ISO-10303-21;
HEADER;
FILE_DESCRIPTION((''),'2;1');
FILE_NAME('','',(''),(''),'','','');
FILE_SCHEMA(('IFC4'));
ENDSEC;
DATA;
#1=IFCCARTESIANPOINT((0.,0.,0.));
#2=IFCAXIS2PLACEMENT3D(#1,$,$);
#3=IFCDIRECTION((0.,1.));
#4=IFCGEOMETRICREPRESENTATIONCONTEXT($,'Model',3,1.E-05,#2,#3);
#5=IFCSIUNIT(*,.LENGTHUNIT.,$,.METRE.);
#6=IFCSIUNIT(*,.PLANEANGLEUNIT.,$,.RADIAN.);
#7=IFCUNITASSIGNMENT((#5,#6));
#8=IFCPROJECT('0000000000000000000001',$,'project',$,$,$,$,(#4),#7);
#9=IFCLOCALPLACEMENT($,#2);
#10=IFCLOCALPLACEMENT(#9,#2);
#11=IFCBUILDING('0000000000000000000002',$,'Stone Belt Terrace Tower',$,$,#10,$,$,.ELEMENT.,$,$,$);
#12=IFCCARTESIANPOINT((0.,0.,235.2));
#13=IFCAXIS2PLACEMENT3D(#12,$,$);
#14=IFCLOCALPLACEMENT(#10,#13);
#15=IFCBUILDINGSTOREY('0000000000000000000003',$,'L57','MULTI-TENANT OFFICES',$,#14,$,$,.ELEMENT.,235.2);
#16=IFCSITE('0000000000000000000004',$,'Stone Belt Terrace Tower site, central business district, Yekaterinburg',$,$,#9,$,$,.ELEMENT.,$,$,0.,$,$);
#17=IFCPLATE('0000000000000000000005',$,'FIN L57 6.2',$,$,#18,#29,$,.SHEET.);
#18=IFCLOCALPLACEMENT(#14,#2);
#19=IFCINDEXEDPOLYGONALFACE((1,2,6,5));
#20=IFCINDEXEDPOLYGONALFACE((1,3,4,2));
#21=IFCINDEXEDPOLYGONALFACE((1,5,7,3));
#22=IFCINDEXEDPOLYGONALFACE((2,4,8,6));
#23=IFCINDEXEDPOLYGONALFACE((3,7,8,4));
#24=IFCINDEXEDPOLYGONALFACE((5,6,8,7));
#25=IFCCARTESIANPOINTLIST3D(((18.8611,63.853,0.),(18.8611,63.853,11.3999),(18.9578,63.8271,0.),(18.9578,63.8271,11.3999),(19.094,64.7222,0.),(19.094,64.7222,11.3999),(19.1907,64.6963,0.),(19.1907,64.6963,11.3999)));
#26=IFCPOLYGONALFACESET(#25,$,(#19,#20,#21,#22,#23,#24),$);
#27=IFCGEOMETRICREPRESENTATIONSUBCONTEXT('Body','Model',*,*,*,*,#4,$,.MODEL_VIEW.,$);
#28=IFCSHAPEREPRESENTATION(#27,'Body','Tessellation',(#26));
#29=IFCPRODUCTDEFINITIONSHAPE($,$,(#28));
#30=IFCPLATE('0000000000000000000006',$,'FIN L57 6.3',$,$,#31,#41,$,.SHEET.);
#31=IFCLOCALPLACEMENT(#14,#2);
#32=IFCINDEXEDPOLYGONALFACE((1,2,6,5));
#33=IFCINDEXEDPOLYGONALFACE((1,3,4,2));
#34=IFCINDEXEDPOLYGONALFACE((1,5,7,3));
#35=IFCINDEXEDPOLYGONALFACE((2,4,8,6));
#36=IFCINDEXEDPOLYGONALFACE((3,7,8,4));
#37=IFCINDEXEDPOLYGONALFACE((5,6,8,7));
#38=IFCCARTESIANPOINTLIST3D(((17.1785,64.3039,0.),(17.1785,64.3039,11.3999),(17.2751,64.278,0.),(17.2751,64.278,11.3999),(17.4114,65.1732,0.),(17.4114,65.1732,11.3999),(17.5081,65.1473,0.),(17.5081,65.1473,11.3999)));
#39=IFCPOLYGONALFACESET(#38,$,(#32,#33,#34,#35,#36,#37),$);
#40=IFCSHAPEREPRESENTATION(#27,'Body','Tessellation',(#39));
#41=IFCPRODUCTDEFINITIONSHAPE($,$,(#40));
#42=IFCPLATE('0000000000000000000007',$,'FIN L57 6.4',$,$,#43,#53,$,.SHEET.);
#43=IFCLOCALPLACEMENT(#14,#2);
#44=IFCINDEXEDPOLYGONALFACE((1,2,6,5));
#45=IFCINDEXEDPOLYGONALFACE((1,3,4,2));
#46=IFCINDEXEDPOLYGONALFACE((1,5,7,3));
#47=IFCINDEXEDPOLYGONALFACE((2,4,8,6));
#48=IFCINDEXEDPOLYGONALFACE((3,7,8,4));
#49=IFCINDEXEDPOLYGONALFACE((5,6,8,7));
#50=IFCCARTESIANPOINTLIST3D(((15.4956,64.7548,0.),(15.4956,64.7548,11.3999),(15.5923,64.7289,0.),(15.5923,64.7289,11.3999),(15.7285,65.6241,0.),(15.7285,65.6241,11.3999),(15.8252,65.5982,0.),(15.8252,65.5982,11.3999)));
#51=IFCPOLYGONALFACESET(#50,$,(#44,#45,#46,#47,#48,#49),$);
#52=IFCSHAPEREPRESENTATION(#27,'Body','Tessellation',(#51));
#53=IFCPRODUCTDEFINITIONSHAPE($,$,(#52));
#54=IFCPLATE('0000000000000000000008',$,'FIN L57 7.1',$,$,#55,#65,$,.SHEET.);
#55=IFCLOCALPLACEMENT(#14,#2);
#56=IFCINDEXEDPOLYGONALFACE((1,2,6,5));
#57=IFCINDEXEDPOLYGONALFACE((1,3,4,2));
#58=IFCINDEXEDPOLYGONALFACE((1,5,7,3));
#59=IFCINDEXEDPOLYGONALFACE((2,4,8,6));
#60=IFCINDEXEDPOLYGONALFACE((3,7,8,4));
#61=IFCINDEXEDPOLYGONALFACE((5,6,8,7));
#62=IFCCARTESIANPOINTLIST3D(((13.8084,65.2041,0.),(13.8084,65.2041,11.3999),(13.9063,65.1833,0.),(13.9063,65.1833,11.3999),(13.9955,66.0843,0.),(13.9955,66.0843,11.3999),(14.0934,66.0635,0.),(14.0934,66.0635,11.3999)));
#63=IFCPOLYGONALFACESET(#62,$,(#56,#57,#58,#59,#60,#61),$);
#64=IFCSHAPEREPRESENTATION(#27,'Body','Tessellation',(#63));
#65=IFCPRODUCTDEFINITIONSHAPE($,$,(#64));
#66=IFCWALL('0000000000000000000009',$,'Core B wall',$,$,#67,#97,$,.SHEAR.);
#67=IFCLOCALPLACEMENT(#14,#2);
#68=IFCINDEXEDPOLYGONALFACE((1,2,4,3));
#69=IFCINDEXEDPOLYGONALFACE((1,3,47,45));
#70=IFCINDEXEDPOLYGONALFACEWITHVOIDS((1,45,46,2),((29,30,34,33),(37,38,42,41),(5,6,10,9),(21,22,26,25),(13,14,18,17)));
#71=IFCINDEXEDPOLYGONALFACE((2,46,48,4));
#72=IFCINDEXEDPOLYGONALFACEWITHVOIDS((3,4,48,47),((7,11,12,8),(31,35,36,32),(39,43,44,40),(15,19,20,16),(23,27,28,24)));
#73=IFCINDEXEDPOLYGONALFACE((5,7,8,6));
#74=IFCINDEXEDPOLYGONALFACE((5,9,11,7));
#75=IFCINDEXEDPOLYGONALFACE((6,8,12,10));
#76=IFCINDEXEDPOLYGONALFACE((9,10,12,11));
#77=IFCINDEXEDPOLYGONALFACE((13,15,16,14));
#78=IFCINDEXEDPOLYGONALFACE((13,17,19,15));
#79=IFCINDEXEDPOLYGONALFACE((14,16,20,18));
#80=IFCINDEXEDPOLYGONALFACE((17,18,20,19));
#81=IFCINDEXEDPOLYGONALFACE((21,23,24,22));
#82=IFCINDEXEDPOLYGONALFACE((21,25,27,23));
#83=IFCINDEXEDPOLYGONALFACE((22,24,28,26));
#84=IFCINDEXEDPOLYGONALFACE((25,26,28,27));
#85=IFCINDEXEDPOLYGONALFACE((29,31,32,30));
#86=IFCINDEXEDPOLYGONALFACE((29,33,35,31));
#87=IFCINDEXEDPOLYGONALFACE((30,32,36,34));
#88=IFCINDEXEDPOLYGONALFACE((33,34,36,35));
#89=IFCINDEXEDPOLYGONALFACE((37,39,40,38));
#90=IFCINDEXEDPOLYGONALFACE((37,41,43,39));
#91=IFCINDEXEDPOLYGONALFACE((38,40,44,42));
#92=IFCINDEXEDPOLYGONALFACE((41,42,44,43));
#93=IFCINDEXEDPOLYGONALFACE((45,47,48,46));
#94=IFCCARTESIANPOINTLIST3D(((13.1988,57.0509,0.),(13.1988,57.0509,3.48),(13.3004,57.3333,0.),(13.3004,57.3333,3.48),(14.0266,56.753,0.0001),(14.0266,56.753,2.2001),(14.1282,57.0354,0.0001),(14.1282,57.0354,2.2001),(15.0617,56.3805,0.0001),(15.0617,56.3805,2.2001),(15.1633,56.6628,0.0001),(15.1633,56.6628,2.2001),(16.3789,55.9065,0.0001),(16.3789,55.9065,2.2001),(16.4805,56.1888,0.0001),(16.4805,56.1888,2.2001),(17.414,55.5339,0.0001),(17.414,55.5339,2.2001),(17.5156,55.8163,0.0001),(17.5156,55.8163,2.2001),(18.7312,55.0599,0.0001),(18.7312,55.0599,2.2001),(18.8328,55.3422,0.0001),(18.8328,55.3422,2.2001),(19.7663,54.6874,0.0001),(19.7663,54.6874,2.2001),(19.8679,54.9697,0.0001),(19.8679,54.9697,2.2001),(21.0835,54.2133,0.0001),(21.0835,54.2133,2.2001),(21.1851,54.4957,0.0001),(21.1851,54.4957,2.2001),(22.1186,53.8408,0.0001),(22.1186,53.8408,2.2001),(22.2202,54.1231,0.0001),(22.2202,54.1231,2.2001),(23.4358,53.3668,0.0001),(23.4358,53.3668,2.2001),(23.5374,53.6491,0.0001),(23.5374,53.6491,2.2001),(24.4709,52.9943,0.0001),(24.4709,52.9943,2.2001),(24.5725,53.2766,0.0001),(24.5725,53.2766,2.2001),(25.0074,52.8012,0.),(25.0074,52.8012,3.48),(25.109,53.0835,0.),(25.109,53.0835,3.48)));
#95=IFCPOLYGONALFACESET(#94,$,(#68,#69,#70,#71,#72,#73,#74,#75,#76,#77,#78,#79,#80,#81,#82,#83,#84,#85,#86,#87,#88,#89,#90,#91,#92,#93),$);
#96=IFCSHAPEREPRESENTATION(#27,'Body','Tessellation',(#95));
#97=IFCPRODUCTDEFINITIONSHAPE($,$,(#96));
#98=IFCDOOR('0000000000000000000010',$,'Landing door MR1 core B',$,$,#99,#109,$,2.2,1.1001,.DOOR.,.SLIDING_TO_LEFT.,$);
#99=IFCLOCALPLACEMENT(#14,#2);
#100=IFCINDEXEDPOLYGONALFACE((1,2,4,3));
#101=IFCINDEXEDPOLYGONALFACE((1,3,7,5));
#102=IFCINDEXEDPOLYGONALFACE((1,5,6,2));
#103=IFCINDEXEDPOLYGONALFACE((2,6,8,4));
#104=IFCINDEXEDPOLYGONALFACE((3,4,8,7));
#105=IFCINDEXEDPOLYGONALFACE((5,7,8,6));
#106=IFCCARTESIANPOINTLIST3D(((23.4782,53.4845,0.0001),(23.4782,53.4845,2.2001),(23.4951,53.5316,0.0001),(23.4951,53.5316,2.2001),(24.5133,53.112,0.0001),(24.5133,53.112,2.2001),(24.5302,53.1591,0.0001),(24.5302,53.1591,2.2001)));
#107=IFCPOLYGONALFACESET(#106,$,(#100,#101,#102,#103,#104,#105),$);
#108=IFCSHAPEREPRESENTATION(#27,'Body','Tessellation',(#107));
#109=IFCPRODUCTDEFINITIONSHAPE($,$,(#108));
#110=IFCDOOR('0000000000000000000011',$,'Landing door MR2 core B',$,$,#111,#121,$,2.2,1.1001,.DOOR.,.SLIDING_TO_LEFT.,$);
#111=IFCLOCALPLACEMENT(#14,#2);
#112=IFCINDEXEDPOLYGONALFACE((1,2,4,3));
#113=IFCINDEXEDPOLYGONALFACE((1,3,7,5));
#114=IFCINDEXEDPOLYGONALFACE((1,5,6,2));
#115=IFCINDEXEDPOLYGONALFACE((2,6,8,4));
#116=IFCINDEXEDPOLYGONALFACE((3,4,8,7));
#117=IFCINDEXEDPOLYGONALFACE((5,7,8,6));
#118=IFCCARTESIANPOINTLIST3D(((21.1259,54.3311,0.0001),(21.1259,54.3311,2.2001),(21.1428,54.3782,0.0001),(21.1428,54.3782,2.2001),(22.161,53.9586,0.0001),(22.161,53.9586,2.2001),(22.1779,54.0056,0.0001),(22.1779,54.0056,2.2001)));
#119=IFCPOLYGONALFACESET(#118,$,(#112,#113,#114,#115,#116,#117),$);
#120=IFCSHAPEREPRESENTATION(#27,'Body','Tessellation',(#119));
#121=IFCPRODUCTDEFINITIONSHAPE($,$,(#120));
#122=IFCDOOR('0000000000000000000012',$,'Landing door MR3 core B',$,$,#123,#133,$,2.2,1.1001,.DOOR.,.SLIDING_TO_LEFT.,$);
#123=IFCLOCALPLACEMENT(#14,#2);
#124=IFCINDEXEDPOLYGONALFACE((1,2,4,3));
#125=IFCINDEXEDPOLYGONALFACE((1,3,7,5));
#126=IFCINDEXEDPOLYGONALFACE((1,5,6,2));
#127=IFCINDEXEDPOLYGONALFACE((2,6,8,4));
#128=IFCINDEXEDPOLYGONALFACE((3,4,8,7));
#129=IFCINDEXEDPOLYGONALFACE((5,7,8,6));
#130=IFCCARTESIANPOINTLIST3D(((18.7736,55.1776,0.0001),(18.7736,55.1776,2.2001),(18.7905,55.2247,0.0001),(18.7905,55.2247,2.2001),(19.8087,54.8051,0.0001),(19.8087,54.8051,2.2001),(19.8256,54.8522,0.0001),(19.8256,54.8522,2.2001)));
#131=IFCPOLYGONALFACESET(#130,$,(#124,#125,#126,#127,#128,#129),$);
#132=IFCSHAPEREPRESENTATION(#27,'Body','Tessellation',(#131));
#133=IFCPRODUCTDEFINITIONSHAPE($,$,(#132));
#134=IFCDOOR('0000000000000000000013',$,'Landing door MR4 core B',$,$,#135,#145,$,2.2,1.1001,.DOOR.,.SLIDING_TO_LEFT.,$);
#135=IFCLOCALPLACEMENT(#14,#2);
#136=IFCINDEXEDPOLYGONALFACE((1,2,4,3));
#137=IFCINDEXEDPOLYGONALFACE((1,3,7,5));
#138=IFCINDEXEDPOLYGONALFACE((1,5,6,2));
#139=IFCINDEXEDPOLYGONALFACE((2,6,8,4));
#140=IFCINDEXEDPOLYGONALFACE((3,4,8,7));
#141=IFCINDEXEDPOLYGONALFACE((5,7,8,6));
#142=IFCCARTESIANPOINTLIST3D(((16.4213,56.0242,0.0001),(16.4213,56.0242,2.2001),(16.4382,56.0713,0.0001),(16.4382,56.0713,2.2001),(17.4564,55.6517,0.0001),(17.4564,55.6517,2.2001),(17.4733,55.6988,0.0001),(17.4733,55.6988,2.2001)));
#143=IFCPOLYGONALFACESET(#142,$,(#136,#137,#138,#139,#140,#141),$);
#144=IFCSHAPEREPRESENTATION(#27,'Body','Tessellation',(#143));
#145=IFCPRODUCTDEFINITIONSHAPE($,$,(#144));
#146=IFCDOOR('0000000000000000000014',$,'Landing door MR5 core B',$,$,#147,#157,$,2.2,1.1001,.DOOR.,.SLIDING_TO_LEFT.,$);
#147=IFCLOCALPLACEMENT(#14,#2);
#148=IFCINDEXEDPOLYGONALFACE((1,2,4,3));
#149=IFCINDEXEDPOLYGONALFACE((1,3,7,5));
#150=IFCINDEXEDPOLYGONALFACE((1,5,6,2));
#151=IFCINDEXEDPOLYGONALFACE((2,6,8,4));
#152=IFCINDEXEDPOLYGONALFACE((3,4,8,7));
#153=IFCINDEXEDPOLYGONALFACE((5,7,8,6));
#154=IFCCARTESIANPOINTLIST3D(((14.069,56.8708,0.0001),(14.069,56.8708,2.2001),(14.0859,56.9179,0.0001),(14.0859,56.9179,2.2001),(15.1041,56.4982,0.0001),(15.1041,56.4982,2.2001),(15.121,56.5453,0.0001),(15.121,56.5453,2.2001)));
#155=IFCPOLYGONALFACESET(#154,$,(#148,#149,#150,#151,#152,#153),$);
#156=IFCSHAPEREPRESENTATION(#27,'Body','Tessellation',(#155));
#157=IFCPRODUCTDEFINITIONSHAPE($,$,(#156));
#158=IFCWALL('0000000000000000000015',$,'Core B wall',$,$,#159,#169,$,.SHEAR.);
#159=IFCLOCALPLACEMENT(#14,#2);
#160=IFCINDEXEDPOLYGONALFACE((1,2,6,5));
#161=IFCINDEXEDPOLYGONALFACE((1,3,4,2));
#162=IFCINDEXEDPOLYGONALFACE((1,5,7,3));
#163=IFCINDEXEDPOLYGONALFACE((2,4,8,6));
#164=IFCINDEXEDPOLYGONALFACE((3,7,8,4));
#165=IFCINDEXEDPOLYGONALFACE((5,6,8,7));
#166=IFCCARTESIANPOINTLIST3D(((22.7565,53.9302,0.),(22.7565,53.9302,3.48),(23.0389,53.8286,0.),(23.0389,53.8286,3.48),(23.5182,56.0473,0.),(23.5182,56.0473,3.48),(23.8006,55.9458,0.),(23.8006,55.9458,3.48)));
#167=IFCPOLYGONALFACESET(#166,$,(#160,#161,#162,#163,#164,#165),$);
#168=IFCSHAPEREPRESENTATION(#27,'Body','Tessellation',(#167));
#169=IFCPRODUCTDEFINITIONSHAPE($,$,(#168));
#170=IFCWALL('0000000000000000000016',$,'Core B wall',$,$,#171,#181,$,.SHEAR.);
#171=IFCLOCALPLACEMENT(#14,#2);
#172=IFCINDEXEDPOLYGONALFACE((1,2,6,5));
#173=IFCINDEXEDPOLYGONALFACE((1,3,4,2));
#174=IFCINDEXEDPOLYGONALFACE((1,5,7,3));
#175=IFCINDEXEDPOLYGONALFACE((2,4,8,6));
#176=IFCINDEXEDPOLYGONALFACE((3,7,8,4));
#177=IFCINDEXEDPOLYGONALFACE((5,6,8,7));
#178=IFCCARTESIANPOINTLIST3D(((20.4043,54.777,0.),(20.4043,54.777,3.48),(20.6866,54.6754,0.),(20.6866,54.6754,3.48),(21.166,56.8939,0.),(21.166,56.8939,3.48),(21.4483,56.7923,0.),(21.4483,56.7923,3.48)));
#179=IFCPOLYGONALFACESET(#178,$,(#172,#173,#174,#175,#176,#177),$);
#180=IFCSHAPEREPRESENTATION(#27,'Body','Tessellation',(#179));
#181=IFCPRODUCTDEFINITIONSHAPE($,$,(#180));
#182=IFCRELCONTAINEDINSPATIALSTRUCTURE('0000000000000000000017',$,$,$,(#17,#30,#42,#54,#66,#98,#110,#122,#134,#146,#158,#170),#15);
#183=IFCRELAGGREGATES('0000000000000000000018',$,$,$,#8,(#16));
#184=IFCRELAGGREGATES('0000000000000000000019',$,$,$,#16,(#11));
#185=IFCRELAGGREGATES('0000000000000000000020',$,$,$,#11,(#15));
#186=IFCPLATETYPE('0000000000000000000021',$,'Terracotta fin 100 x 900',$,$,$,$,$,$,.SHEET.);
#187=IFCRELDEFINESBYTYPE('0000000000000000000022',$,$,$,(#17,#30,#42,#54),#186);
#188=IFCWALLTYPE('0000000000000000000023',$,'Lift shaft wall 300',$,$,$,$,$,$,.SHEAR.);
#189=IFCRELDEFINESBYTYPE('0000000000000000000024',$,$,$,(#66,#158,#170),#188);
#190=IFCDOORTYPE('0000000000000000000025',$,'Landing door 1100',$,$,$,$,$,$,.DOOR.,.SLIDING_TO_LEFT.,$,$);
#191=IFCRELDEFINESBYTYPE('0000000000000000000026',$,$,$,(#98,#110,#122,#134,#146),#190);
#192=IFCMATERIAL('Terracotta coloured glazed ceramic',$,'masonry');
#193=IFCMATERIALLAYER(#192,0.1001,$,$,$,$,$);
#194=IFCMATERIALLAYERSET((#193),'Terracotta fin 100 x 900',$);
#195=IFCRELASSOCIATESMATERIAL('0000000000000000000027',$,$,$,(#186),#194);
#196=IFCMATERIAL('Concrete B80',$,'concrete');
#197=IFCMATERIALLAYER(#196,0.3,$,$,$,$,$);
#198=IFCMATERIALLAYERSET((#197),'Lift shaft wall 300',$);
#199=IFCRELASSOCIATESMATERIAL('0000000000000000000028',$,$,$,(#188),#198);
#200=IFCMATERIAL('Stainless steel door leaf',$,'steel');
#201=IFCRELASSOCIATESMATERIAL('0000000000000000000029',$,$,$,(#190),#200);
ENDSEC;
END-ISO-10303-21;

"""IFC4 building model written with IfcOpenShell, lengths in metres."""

from ifc_helpers import new_model, si_unit, direction, frame, frame_2d, origin, origin_2d, place, context, subcontext, project, spatial, rectangle, extrude, material, layer, layer_set, type_object, element, fill, save


model = new_model("IFC4")

# Units and contexts
model_context = context("Model", 3, precision=1e-05, world=origin(), true_north=direction((0.0, 1.0)))
body_context = subcontext(model_context, "Body", "Model", "MODEL_VIEW")
ifc_project = project(units=[si_unit("LENGTHUNIT", "METRE"), si_unit("PLANEANGLEUNIT", "RADIAN")], contexts=[model_context])

# Site, building, storey
site_placement = place(None, origin())
site = spatial("IfcSite", under=ifc_project, at=site_placement, Name="Stone Belt Terrace Tower site, central business district, Yekaterinburg", CompositionType="ELEMENT", RefElevation=0.0)
building_placement = place(site_placement, origin())
building = spatial("IfcBuilding", under=site, at=building_placement, Name="Stone Belt Terrace Tower", CompositionType="ELEMENT")
storey_placement = place(building_placement, frame((0.0, 0.0, 235.2)))
storey = spatial("IfcBuildingStorey", under=building, at=storey_placement, Name="L57", Description="MULTI-TENANT OFFICES", CompositionType="ELEMENT", Elevation=235.2)

# Plates
ifc_material_1 = material(Name="Terracotta coloured glazed ceramic", Category="masonry")
ifc_layer_1 = layer(ifc_material_1, 0.1001)
ifc_layer_set_1 = layer_set([ifc_layer_1], Name="Terracotta fin 100 x 900")
plate_type_1 = type_object("IfcPlateType", Name="Terracotta fin 100 x 900", PredefinedType="SHEET", material=ifc_layer_set_1)
for number, where, z_axis, x_axis, name in (
    (1, (19.0259, 64.2747, 0.0), (0.0, 0.0, 1.0), (0.258819, 0.965926, 0.0), "FIN L57 6.2"),
    (2, (17.3433, 64.7256, 0.0), (0.0, 0.0, 1.0), (0.258819, 0.965926, 0.0), "FIN L57 6.3"),
    (3, (15.6604, 65.1765, 0.0), (0.0, 0.0, 1.0), (0.258819, 0.965926, 0.0), "FIN L57 6.4"),
    (4, (13.9509, 65.6338, 0.0), (0.0, 0.0, 1.0), (0.207912, 0.978148, 0.0), "FIN L57 7.1"),
):
    element("IfcPlate", number, at=place(storey_placement, frame(where, z_axis=z_axis, x_axis=x_axis)), inside=storey, type_object=plate_type_1, Name=name, PredefinedType="SHEET", context=body_context, shape_type="SweptSolid", body=[
        extrude(rectangle(XDim=0.8999, YDim=0.1001, at=origin_2d()), origin(), (0.0, 0.0, 1.0), 11.3999),
    ])

# Wall, openings, doors
ifc_material_2 = material(Name="Concrete B80", Category="concrete")
ifc_layer_2 = layer(ifc_material_2, 0.3)
ifc_layer_set_2 = layer_set([ifc_layer_2], Name="Lift shaft wall 300")
wall_type_1 = type_object("IfcWallType", Name="Lift shaft wall 300", PredefinedType="SHEAR", material=ifc_layer_set_2)
wall_1_placement = place(storey_placement, frame((25.0581, 52.9424, 0.0), z_axis=(0.0, 0.0, 1.0), x_axis=(-0.940921, 0.338625, 0.0)))
wall_1 = element("IfcWall", 5, at=wall_1_placement, inside=storey, type_object=wall_type_1, Name="Core B wall", PredefinedType="SHEAR", context=body_context, shape_type="SweptSolid", body=[
    extrude(rectangle(XDim=12.55, YDim=0.3, at=frame_2d((6.2749, 0.0))), origin(), (0.0, 0.0, 1.0), 3.48),
])
opening_1_placement = place(wall_1_placement, frame((0.5701, 0.0, 0.0)))
opening_1 = element("IfcOpeningElement", 6, at=opening_1_placement, cuts=wall_1, PredefinedType="OPENING", context=body_context, shape_type="SweptSolid", body=[
    extrude(rectangle(XDim=1.1001, YDim=2.2, at=frame_2d((0.55, 1.1001))), frame((0.0, 0.1599, 0.0), z_axis=(0.0, -1.0, 0.0), x_axis=(1.0, 0.0, 0.0)), (0.0, 0.0, 1.0), 0.3201),
])
opening_2_placement = place(wall_1_placement, frame((3.0701, 0.0, 0.0)))
opening_2 = element("IfcOpeningElement", 7, at=opening_2_placement, cuts=wall_1, PredefinedType="OPENING", context=body_context, shape_type="SweptSolid", body=[
    extrude(rectangle(XDim=1.1001, YDim=2.2, at=frame_2d((0.55, 1.1001))), frame((0.0, 0.1599, 0.0), z_axis=(0.0, -1.0, 0.0), x_axis=(1.0, 0.0, 0.0)), (0.0, 0.0, 1.0), 0.3201),
])
opening_3_placement = place(wall_1_placement, frame((5.5701, 0.0, 0.0)))
opening_3 = element("IfcOpeningElement", 8, at=opening_3_placement, cuts=wall_1, PredefinedType="OPENING", context=body_context, shape_type="SweptSolid", body=[
    extrude(rectangle(XDim=1.1001, YDim=2.2, at=frame_2d((0.55, 1.1001))), frame((0.0, 0.1599, 0.0), z_axis=(0.0, -1.0, 0.0), x_axis=(1.0, 0.0, 0.0)), (0.0, 0.0, 1.0), 0.3201),
])
opening_4_placement = place(wall_1_placement, frame((8.0701, 0.0, 0.0)))
opening_4 = element("IfcOpeningElement", 9, at=opening_4_placement, cuts=wall_1, PredefinedType="OPENING", context=body_context, shape_type="SweptSolid", body=[
    extrude(rectangle(XDim=1.1001, YDim=2.2, at=frame_2d((0.55, 1.1001))), frame((0.0, 0.1599, 0.0), z_axis=(0.0, -1.0, 0.0), x_axis=(1.0, 0.0, 0.0)), (0.0, 0.0, 1.0), 0.3201),
])
opening_5_placement = place(wall_1_placement, frame((10.5701, 0.0, 0.0)))
opening_5 = element("IfcOpeningElement", 10, at=opening_5_placement, cuts=wall_1, PredefinedType="OPENING", context=body_context, shape_type="SweptSolid", body=[
    extrude(rectangle(XDim=1.1001, YDim=2.2, at=frame_2d((0.55, 1.1001))), frame((0.0, 0.1599, 0.0), z_axis=(0.0, -1.0, 0.0), x_axis=(1.0, 0.0, 0.0)), (0.0, 0.0, 1.0), 0.3201),
])
ifc_material_3 = material(Name="Stainless steel door leaf", Category="steel")
door_type = type_object("IfcDoorType", Name="Landing door 1100", OperationType="SLIDING_TO_LEFT", PredefinedType="DOOR", material=ifc_material_3)
door_1_placement = place(opening_1_placement, origin())
door_1 = element("IfcDoor", 11, at=door_1_placement, inside=storey, type_object=door_type, Name="Landing door MR1 core B", OperationType="SLIDING_TO_LEFT", OverallHeight=2.2, OverallWidth=1.1001, PredefinedType="DOOR", context=body_context, shape_type="SweptSolid", body=[
    extrude(rectangle(XDim=1.1001, YDim=2.2, at=frame_2d((0.55, 1.1001))), frame((0.0, 0.0249, 0.0), z_axis=(0.0, -1.0, 0.0), x_axis=(1.0, 0.0, 0.0)), (0.0, 0.0, 1.0), 0.05),
])
fill(opening_1, door_1)
door_2_placement = place(opening_2_placement, origin())
door_2 = element("IfcDoor", 12, at=door_2_placement, inside=storey, type_object=door_type, Name="Landing door MR2 core B", OperationType="SLIDING_TO_LEFT", OverallHeight=2.2, OverallWidth=1.1001, PredefinedType="DOOR", context=body_context, shape_type="SweptSolid", body=[
    extrude(rectangle(XDim=1.1001, YDim=2.2, at=frame_2d((0.55, 1.1001))), frame((0.0, 0.0249, 0.0), z_axis=(0.0, -1.0, 0.0), x_axis=(1.0, 0.0, 0.0)), (0.0, 0.0, 1.0), 0.05),
])
fill(opening_2, door_2)
door_3_placement = place(opening_3_placement, origin())
door_3 = element("IfcDoor", 13, at=door_3_placement, inside=storey, type_object=door_type, Name="Landing door MR3 core B", OperationType="SLIDING_TO_LEFT", OverallHeight=2.2, OverallWidth=1.1001, PredefinedType="DOOR", context=body_context, shape_type="SweptSolid", body=[
    extrude(rectangle(XDim=1.1001, YDim=2.2, at=frame_2d((0.55, 1.1001))), frame((0.0, 0.0249, 0.0), z_axis=(0.0, -1.0, 0.0), x_axis=(1.0, 0.0, 0.0)), (0.0, 0.0, 1.0), 0.05),
])
fill(opening_3, door_3)
door_4_placement = place(opening_4_placement, origin())
door_4 = element("IfcDoor", 14, at=door_4_placement, inside=storey, type_object=door_type, Name="Landing door MR4 core B", OperationType="SLIDING_TO_LEFT", OverallHeight=2.2, OverallWidth=1.1001, PredefinedType="DOOR", context=body_context, shape_type="SweptSolid", body=[
    extrude(rectangle(XDim=1.1001, YDim=2.2, at=frame_2d((0.55, 1.1001))), frame((0.0, 0.0249, 0.0), z_axis=(0.0, -1.0, 0.0), x_axis=(1.0, 0.0, 0.0)), (0.0, 0.0, 1.0), 0.05),
])
fill(opening_4, door_4)
door_5_placement = place(opening_5_placement, origin())
door_5 = element("IfcDoor", 15, at=door_5_placement, inside=storey, type_object=door_type, Name="Landing door MR5 core B", OperationType="SLIDING_TO_LEFT", OverallHeight=2.2, OverallWidth=1.1001, PredefinedType="DOOR", context=body_context, shape_type="SweptSolid", body=[
    extrude(rectangle(XDim=1.1001, YDim=2.2, at=frame_2d((0.55, 1.1001))), frame((0.0, 0.0249, 0.0), z_axis=(0.0, -1.0, 0.0), x_axis=(1.0, 0.0, 0.0)), (0.0, 0.0, 1.0), 0.05),
])
fill(opening_5, door_5)

# Walls
wall_2_placement = place(storey_placement, frame((22.8977, 53.8794, 0.0), z_axis=(0.0, 0.0, 1.0), x_axis=(0.338535, 0.940954, 0.0)))
element("IfcWall", 16, at=wall_2_placement, inside=storey, type_object=wall_type_1, Name="Core B wall", PredefinedType="SHEAR", context=body_context, shape_type="SweptSolid", body=[
    extrude(rectangle(XDim=2.25, YDim=0.3, at=frame_2d((1.125, 0.0))), origin(), (0.0, 0.0, 1.0), 3.48),
])
wall_3_placement = place(storey_placement, frame((20.5454, 54.7261, 0.0), z_axis=(0.0, 0.0, 1.0), x_axis=(0.33857, 0.940941, 0.0)))
element("IfcWall", 17, at=wall_3_placement, inside=storey, type_object=wall_type_1, Name="Core B wall", PredefinedType="SHEAR", context=body_context, shape_type="SweptSolid", body=[
    extrude(rectangle(XDim=2.2498, YDim=0.3, at=frame_2d((1.125, 0.0))), origin(), (0.0, 0.0, 1.0), 3.48),
])

save(model, "model.ifc")
